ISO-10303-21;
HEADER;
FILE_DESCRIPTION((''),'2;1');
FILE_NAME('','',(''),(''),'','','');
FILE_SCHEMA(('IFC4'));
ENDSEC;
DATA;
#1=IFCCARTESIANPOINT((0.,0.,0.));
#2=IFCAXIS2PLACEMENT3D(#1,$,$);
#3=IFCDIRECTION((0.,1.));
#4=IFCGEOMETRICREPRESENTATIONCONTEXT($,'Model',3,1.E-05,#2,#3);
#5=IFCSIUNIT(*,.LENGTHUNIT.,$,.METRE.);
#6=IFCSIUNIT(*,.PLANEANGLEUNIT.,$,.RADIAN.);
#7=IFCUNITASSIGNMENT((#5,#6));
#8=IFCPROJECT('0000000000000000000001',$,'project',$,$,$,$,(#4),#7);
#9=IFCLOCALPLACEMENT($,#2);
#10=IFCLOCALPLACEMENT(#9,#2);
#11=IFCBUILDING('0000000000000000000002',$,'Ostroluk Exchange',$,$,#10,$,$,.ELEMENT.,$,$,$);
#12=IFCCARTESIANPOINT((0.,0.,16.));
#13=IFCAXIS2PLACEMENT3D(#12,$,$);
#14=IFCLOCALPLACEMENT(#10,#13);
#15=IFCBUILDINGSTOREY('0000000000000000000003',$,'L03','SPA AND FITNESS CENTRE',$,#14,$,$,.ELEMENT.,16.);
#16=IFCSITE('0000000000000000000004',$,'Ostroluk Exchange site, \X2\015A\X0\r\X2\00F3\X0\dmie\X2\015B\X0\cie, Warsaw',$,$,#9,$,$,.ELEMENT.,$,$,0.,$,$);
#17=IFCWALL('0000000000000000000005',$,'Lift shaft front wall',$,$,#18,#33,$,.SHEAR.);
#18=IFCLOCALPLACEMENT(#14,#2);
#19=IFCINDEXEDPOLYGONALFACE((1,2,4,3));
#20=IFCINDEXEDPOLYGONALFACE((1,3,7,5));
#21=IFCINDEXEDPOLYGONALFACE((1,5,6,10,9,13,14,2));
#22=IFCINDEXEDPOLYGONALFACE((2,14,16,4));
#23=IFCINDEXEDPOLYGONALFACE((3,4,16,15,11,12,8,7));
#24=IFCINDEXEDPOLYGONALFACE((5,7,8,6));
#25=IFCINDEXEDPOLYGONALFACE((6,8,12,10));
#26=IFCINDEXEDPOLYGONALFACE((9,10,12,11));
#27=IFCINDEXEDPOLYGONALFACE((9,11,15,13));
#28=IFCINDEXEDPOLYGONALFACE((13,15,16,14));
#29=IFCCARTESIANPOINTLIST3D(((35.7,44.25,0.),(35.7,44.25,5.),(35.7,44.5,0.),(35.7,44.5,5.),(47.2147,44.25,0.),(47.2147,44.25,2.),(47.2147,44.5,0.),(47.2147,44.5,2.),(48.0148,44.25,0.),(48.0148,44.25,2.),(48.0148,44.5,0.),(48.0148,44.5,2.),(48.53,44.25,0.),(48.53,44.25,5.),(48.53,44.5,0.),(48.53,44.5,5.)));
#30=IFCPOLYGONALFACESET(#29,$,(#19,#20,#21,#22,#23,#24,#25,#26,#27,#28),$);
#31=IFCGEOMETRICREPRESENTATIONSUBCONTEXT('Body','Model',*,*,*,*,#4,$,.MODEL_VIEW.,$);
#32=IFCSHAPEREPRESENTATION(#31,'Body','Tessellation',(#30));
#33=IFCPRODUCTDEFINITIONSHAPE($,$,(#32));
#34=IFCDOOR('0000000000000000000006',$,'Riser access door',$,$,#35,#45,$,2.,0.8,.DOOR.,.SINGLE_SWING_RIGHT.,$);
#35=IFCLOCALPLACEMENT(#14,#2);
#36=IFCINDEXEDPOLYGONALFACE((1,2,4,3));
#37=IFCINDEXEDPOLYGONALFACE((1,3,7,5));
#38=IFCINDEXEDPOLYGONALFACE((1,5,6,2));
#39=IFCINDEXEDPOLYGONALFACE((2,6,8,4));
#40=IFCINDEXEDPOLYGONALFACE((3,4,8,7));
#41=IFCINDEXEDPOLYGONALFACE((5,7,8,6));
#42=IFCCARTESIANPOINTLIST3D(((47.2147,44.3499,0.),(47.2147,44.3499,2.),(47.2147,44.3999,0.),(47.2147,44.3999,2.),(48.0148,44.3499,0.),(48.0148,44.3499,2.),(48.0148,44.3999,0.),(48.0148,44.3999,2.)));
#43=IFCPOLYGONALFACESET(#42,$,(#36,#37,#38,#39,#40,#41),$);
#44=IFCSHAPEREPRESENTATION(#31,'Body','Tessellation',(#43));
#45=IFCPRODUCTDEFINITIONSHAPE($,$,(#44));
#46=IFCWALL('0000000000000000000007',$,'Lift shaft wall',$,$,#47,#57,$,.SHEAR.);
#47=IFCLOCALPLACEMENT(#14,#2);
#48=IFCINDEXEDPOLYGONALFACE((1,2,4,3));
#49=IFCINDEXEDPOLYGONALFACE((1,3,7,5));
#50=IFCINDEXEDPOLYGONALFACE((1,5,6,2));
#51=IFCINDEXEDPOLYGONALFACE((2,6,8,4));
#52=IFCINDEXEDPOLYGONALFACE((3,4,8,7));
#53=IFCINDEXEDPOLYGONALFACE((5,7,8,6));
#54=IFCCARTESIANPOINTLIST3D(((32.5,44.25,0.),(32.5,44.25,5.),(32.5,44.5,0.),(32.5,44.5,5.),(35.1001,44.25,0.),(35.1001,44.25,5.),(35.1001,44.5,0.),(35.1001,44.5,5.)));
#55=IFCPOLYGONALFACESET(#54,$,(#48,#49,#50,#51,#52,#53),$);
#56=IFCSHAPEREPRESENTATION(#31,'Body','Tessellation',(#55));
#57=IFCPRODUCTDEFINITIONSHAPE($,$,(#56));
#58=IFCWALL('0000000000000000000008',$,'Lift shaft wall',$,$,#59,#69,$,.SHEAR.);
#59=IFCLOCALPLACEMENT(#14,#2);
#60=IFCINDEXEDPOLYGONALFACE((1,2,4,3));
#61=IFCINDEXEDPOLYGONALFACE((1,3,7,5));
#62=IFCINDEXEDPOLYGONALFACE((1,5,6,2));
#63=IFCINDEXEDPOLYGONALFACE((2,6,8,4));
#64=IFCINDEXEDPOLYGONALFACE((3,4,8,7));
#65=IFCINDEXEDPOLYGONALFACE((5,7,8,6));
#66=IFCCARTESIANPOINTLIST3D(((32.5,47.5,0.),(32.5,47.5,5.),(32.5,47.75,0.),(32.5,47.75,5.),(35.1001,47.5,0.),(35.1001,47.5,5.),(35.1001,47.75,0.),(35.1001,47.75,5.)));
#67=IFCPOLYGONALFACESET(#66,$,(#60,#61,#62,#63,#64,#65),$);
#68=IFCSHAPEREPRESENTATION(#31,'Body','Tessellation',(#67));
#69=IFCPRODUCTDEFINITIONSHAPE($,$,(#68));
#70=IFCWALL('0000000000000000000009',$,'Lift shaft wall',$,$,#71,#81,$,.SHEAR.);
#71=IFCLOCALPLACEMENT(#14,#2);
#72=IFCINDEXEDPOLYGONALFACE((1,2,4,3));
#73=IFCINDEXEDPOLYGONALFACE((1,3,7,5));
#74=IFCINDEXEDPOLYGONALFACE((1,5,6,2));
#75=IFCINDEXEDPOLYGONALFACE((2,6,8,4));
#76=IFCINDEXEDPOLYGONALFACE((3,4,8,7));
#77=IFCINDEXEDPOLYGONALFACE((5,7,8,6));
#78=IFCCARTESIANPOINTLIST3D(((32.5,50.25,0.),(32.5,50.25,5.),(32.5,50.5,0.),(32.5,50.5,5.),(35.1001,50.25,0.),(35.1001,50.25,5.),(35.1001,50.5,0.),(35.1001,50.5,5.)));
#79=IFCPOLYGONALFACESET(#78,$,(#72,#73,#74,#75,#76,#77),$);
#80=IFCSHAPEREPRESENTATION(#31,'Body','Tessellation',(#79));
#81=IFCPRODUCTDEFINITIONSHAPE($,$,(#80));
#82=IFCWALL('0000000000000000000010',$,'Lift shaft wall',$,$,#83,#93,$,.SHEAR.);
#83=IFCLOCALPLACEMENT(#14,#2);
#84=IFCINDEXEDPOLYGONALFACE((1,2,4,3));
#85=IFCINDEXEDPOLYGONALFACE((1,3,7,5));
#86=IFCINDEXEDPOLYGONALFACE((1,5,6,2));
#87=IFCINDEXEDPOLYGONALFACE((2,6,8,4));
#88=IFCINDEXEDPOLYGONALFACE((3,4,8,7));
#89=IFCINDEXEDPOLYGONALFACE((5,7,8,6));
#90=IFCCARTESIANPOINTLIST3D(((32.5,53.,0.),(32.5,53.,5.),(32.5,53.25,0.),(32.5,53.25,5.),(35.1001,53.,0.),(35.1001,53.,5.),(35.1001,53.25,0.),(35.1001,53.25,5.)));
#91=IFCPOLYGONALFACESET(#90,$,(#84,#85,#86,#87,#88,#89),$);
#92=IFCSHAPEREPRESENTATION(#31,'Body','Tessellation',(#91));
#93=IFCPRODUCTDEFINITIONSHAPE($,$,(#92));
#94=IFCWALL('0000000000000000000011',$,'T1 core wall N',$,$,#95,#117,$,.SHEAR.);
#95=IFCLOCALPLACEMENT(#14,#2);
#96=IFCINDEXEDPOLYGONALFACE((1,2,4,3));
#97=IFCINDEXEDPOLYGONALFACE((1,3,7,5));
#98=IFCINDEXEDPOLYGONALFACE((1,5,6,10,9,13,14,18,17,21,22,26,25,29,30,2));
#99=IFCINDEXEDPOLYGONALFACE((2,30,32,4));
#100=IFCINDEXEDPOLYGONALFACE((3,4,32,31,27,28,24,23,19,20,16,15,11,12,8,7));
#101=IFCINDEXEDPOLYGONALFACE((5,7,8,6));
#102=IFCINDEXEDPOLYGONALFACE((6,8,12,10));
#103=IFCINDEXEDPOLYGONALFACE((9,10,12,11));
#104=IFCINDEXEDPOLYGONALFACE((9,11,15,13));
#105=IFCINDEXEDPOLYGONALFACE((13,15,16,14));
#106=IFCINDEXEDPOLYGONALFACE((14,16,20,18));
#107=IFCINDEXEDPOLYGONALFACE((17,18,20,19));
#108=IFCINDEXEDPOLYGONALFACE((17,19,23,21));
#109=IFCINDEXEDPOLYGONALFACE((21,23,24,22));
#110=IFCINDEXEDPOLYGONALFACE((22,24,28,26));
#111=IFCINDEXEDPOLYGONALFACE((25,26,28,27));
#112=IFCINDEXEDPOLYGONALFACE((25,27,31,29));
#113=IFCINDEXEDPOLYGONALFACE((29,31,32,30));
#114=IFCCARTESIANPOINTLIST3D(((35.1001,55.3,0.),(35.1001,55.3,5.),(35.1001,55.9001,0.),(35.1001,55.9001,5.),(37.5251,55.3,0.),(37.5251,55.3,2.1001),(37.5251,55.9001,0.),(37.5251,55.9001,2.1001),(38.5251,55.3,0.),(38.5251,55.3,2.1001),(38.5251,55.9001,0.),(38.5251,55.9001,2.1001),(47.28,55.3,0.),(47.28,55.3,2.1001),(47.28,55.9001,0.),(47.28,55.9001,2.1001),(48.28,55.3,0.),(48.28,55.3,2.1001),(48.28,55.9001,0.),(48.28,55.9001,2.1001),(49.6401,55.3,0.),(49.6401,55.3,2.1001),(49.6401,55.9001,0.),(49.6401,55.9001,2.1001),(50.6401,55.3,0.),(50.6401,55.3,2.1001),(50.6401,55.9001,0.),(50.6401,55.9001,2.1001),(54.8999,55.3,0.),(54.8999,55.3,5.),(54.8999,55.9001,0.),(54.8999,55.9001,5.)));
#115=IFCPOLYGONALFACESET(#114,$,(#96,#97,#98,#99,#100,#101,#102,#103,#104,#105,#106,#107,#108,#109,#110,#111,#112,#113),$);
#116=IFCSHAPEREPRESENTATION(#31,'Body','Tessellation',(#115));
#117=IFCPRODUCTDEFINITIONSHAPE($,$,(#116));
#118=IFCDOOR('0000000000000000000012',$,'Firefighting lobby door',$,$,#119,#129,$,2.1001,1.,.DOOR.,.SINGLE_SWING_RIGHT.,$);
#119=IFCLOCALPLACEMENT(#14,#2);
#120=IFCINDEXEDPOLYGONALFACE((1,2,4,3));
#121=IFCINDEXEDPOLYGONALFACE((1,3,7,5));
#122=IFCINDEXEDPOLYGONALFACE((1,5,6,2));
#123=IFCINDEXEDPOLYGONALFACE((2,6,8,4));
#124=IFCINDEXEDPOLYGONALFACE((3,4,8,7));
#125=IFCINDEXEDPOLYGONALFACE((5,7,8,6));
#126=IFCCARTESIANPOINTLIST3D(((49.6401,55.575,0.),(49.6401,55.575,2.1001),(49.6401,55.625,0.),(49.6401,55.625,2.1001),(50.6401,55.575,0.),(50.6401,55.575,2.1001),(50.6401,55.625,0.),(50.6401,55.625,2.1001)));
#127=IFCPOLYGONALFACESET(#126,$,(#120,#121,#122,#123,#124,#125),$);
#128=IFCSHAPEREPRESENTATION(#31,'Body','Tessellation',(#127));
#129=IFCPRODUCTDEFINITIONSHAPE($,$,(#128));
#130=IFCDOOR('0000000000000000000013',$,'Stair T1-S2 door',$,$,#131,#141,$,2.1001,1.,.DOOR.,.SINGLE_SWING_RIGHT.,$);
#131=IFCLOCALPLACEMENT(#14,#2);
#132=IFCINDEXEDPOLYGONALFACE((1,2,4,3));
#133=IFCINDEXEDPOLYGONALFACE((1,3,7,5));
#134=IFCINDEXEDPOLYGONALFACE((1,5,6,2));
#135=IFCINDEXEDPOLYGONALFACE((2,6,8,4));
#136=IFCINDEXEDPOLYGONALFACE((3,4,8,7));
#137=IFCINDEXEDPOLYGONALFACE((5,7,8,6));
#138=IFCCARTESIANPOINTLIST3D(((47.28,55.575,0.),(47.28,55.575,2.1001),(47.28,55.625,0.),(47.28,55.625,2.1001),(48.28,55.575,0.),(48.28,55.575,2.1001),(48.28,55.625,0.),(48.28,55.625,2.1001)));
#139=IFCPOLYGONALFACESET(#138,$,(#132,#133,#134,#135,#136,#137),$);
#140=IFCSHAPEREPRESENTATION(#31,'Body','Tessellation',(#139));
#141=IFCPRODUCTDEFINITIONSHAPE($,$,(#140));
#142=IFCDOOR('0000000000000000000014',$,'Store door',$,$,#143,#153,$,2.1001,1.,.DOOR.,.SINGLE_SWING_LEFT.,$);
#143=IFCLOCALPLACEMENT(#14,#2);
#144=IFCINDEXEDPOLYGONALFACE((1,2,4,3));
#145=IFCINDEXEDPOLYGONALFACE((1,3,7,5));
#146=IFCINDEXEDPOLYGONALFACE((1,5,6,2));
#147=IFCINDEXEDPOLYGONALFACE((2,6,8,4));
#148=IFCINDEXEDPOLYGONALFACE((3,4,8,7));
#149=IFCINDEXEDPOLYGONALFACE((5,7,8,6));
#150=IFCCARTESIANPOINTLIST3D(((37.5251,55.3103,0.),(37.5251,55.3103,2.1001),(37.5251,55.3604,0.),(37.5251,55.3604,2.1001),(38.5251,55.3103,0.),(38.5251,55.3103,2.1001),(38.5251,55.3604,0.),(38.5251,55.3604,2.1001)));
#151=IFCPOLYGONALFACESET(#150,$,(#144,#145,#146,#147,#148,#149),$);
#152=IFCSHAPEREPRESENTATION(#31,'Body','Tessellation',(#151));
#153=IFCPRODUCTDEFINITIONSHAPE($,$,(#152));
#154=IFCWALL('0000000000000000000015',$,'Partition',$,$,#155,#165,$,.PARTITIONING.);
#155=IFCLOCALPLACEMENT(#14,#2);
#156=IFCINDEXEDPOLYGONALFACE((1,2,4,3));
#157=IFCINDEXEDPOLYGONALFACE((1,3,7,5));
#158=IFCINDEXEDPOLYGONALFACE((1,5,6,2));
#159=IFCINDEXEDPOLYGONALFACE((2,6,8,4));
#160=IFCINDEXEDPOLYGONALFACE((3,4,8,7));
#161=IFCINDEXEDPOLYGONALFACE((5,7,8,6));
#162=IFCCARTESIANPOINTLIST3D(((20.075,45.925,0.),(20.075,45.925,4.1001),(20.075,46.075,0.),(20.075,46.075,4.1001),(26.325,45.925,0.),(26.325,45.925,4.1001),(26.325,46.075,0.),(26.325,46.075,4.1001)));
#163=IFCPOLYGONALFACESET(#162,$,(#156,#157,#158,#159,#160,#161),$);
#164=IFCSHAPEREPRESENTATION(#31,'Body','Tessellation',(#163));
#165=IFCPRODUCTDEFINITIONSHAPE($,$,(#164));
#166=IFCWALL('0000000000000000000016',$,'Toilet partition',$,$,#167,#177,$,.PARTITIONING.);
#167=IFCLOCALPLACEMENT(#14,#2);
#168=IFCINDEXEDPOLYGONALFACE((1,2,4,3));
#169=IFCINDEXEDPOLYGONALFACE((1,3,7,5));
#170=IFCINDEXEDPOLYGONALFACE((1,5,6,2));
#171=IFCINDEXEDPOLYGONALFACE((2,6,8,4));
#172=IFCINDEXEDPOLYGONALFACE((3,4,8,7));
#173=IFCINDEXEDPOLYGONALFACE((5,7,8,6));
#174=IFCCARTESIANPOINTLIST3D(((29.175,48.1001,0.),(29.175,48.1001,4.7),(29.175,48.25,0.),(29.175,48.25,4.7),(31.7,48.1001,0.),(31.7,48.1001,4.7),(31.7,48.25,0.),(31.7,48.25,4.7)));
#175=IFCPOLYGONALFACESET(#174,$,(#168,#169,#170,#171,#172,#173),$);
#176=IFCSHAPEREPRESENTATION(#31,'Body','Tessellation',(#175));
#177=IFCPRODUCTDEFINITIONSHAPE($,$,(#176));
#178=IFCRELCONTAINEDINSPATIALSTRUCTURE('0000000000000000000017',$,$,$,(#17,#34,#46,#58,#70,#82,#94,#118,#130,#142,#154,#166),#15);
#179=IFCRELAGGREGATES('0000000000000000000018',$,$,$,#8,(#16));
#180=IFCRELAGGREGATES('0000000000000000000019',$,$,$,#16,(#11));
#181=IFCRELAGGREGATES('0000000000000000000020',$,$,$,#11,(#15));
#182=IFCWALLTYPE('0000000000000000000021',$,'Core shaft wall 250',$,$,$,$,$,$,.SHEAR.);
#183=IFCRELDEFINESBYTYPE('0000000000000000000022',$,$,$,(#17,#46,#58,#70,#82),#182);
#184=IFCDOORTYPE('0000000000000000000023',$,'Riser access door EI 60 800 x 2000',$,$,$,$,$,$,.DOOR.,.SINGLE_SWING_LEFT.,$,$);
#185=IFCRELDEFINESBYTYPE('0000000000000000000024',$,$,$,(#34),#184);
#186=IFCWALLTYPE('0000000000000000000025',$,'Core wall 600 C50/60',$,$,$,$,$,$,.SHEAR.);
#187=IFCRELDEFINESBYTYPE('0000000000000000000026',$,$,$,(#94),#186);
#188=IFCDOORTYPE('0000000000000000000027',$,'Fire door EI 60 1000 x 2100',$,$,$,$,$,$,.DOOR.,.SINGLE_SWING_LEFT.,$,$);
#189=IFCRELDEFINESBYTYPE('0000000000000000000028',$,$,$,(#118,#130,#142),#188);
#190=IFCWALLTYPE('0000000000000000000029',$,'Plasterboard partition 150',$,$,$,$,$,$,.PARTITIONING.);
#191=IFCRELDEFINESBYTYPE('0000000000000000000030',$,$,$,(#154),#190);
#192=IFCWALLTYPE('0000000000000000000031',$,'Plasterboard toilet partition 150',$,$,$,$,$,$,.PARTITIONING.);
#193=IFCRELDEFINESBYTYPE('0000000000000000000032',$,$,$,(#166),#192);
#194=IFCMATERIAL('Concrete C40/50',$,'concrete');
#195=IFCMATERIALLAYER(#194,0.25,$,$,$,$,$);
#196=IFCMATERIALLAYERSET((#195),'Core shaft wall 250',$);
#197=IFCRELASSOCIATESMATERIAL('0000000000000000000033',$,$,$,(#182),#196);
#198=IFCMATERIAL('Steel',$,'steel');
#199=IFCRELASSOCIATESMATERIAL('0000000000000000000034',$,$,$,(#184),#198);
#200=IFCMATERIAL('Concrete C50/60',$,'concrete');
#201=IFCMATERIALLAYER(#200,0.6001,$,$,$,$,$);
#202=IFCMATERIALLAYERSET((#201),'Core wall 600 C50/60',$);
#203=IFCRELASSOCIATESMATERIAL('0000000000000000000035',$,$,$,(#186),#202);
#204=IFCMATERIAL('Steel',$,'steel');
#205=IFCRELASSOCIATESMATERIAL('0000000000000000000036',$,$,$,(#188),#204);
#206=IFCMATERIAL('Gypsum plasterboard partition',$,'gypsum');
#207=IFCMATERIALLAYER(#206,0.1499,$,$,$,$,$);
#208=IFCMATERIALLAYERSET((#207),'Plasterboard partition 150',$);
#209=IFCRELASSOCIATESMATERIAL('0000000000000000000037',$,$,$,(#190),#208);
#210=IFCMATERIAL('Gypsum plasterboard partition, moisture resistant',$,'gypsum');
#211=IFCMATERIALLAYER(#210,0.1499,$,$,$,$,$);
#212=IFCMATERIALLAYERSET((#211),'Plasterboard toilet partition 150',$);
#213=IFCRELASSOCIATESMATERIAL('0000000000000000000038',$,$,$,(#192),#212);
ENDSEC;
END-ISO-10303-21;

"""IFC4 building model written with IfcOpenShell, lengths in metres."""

from ifc_helpers import new_model, si_unit, direction, frame, frame_2d, origin, place, context, subcontext, project, spatial, rectangle, extrude, material, layer, layer_set, type_object, element, fill, save


model = new_model("IFC4")

# Units and contexts
model_context = context("Model", 3, precision=1e-05, world=origin(), true_north=direction((0.0, 1.0)))
body_context = subcontext(model_context, "Body", "Model", "MODEL_VIEW")
ifc_project = project(units=[si_unit("LENGTHUNIT", "METRE"), si_unit("PLANEANGLEUNIT", "RADIAN")], contexts=[model_context])

# Site, building, storey
site_placement = place(None, origin())
site = spatial("IfcSite", under=ifc_project, at=site_placement, Name="Ostroluk Exchange site, Śródmieście, Warsaw", CompositionType="ELEMENT", RefElevation=0.0)
building_placement = place(site_placement, origin())
building = spatial("IfcBuilding", under=site, at=building_placement, Name="Ostroluk Exchange", CompositionType="ELEMENT")
storey_placement = place(building_placement, frame((0.0, 0.0, 16.0)))
storey = spatial("IfcBuildingStorey", under=building, at=storey_placement, Name="L03", Description="SPA AND FITNESS CENTRE", CompositionType="ELEMENT", Elevation=16.0)

# Shared definitions
ifc_material_1 = material(Name="Concrete C40/50", Category="concrete")
ifc_layer_1 = layer(ifc_material_1, 0.25)
ifc_layer_set_1 = layer_set([ifc_layer_1], Name="Core shaft wall 250")
wall_type_1 = type_object("IfcWallType", Name="Core shaft wall 250", PredefinedType="SHEAR", material=ifc_layer_set_1)

# Shared definitions
ifc_material_2 = material(Name="Steel", Category="steel")
door_type_1 = type_object("IfcDoorType", Name="Riser access door EI 60 800 x 2000", OperationType="SINGLE_SWING_LEFT", PredefinedType="DOOR", material=ifc_material_2)

# Wall, opening, door
wall_1_placement = place(storey_placement, frame((35.7, 44.375, 0.0), z_axis=(0.0, 0.0, 1.0), x_axis=(1.0, 0.0, 0.0)))
wall_1 = element("IfcWall", 1, at=wall_1_placement, inside=storey, type_object=wall_type_1, Name="Lift shaft front wall", PredefinedType="SHEAR", context=body_context, shape_type="SweptSolid", body=[
    extrude(rectangle(XDim=12.8301, YDim=0.25, at=frame_2d((6.415, 0.0))), origin(), (0.0, 0.0, 1.0), 5.0),
])
opening_1_placement = place(wall_1_placement, frame((11.5149, 0.0, 0.0)))
opening_1 = element("IfcOpeningElement", 2, at=opening_1_placement, cuts=wall_1, PredefinedType="OPENING", context=body_context, shape_type="SweptSolid", body=[
    extrude(rectangle(XDim=0.8, YDim=2.0, at=frame_2d((0.3999, 1.0))), frame((0.0, 0.135, 0.0), z_axis=(0.0, -1.0, 0.0), x_axis=(1.0, 0.0, 0.0)), (0.0, 0.0, 1.0), 0.27),
])
door_1_placement = place(opening_1_placement, origin())
door_1 = element("IfcDoor", 3, at=door_1_placement, inside=storey, type_object=door_type_1, Name="Riser access door", OperationType="SINGLE_SWING_RIGHT", OverallHeight=2.0, OverallWidth=0.8, PredefinedType="DOOR", context=body_context, shape_type="SweptSolid", body=[
    extrude(rectangle(XDim=0.8, YDim=2.0, at=frame_2d((0.3999, 1.0))), frame((0.0, 0.0249, 0.0), z_axis=(0.0, -1.0, 0.0), x_axis=(1.0, 0.0, 0.0)), (0.0, 0.0, 1.0), 0.05),
])
fill(opening_1, door_1)

# Walls
for number, where, z_axis, x_axis, name in (
    (4, (32.5, 44.375, 0.0), (0.0, 0.0, 1.0), (1.0, 0.0, 0.0), "Lift shaft wall"),
    (5, (32.5, 47.625, 0.0), (0.0, 0.0, 1.0), (1.0, 0.0, 0.0), "Lift shaft wall"),
    (6, (32.5, 50.375, 0.0), (0.0, 0.0, 1.0), (1.0, 0.0, 0.0), "Lift shaft wall"),
    (7, (32.5, 53.125, 0.0), (0.0, 0.0, 1.0), (1.0, 0.0, 0.0), "Lift shaft wall"),
):
    element("IfcWall", number, at=place(storey_placement, frame(where, z_axis=z_axis, x_axis=x_axis)), inside=storey, type_object=wall_type_1, Name=name, PredefinedType="SHEAR", context=body_context, shape_type="SweptSolid", body=[
        extrude(rectangle(XDim=2.6001, YDim=0.25, at=frame_2d((1.3, 0.0))), origin(), (0.0, 0.0, 1.0), 5.0),
    ])

# Wall, openings, doors
ifc_material_3 = material(Name="Concrete C50/60", Category="concrete")
ifc_layer_2 = layer(ifc_material_3, 0.6001)
ifc_layer_set_2 = layer_set([ifc_layer_2], Name="Core wall 600 C50/60")
wall_type_2 = type_object("IfcWallType", Name="Core wall 600 C50/60", PredefinedType="SHEAR", material=ifc_layer_set_2)
wall_2_placement = place(storey_placement, frame((35.1001, 55.6001, 0.0), z_axis=(0.0, 0.0, 1.0), x_axis=(1.0, 0.0, 0.0)))
wall_2 = element("IfcWall", 8, at=wall_2_placement, inside=storey, type_object=wall_type_2, Name="T1 core wall N", PredefinedType="SHEAR", context=body_context, shape_type="SweptSolid", body=[
    extrude(rectangle(XDim=19.7998, YDim=0.6001, at=frame_2d((9.8999, 0.0))), origin(), (0.0, 0.0, 1.0), 5.0),
])
opening_2_placement = place(wall_2_placement, frame((14.54, 0.0, 0.0)))
opening_2 = element("IfcOpeningElement", 9, at=opening_2_placement, cuts=wall_2, PredefinedType="OPENING", context=body_context, shape_type="SweptSolid", body=[
    extrude(rectangle(XDim=1.0, YDim=2.1001, at=frame_2d((0.5, 1.05))), frame((0.0, 0.3101, 0.0), z_axis=(0.0, -1.0, 0.0), x_axis=(1.0, 0.0, 0.0)), (0.0, 0.0, 1.0), 0.6201),
])
opening_3_placement = place(wall_2_placement, frame((12.1799, 0.0, 0.0)))
opening_3 = element("IfcOpeningElement", 10, at=opening_3_placement, cuts=wall_2, PredefinedType="OPENING", context=body_context, shape_type="SweptSolid", body=[
    extrude(rectangle(XDim=1.0, YDim=2.1001, at=frame_2d((0.5, 1.05))), frame((0.0, 0.3101, 0.0), z_axis=(0.0, -1.0, 0.0), x_axis=(1.0, 0.0, 0.0)), (0.0, 0.0, 1.0), 0.6201),
])
opening_4_placement = place(wall_2_placement, frame((2.425, 0.0, 0.0)))
opening_4 = element("IfcOpeningElement", 11, at=opening_4_placement, cuts=wall_2, PredefinedType="OPENING", context=body_context, shape_type="SweptSolid", body=[
    extrude(rectangle(XDim=1.0, YDim=2.1001, at=frame_2d((0.5, 1.05))), frame((0.0, 0.3101, 0.0), z_axis=(0.0, -1.0, 0.0), x_axis=(1.0, 0.0, 0.0)), (0.0, 0.0, 1.0), 0.6201),
])
ifc_material_4 = material(Name="Steel", Category="steel")
door_type_2 = type_object("IfcDoorType", Name="Fire door EI 60 1000 x 2100", OperationType="SINGLE_SWING_LEFT", PredefinedType="DOOR", material=ifc_material_4)
door_2_placement = place(opening_2_placement, origin())
door_2 = element("IfcDoor", 12, at=door_2_placement, inside=storey, type_object=door_type_2, Name="Firefighting lobby door", OperationType="SINGLE_SWING_RIGHT", OverallHeight=2.1001, OverallWidth=1.0, PredefinedType="DOOR", context=body_context, shape_type="SweptSolid", body=[
    extrude(rectangle(XDim=1.0, YDim=2.1001, at=frame_2d((0.5, 1.05))), frame((0.0, 0.0249, 0.0), z_axis=(0.0, -1.0, 0.0), x_axis=(1.0, 0.0, 0.0)), (0.0, 0.0, 1.0), 0.05),
])
fill(opening_2, door_2)
door_3_placement = place(opening_3_placement, origin())
door_3 = element("IfcDoor", 13, at=door_3_placement, inside=storey, type_object=door_type_2, Name="Stair T1-S2 door", OperationType="SINGLE_SWING_RIGHT", OverallHeight=2.1001, OverallWidth=1.0, PredefinedType="DOOR", context=body_context, shape_type="SweptSolid", body=[
    extrude(rectangle(XDim=1.0, YDim=2.1001, at=frame_2d((0.5, 1.05))), frame((0.0, 0.0249, 0.0), z_axis=(0.0, -1.0, 0.0), x_axis=(1.0, 0.0, 0.0)), (0.0, 0.0, 1.0), 0.05),
])
fill(opening_3, door_3)
door_4_placement = place(opening_4_placement, origin())
door_4 = element("IfcDoor", 14, at=door_4_placement, inside=storey, type_object=door_type_2, Name="Store door", OperationType="SINGLE_SWING_LEFT", OverallHeight=2.1001, OverallWidth=1.0, PredefinedType="DOOR", context=body_context, shape_type="SweptSolid", body=[
    extrude(rectangle(XDim=1.0, YDim=2.1001, at=frame_2d((0.5, 1.05))), frame((0.0, -0.2397, 0.0), z_axis=(0.0, -1.0, 0.0), x_axis=(1.0, 0.0, 0.0)), (0.0, 0.0, 1.0), 0.05),
])
fill(opening_4, door_4)

# Walls
ifc_material_5 = material(Name="Gypsum plasterboard partition", Category="gypsum")
ifc_layer_3 = layer(ifc_material_5, 0.1499)
ifc_layer_set_3 = layer_set([ifc_layer_3], Name="Plasterboard partition 150")
wall_type_3 = type_object("IfcWallType", Name="Plasterboard partition 150", PredefinedType="PARTITIONING", material=ifc_layer_set_3)
wall_3_placement = place(storey_placement, frame((20.075, 46.0, 0.0), z_axis=(0.0, 0.0, 1.0), x_axis=(1.0, 0.0, 0.0)))
element("IfcWall", 15, at=wall_3_placement, inside=storey, type_object=wall_type_3, Name="Partition", PredefinedType="PARTITIONING", context=body_context, shape_type="SweptSolid", body=[
    extrude(rectangle(XDim=6.25, YDim=0.1499, at=frame_2d((3.125, 0.0))), origin(), (0.0, 0.0, 1.0), 4.1001),
])
ifc_material_6 = material(Name="Gypsum plasterboard partition, moisture resistant", Category="gypsum")
ifc_layer_4 = layer(ifc_material_6, 0.1499)
ifc_layer_set_4 = layer_set([ifc_layer_4], Name="Plasterboard toilet partition 150")
wall_type_4 = type_object("IfcWallType", Name="Plasterboard toilet partition 150", PredefinedType="PARTITIONING", material=ifc_layer_set_4)
wall_4_placement = place(storey_placement, frame((29.175, 48.175, 0.0), z_axis=(0.0, 0.0, 1.0), x_axis=(1.0, 0.0, 0.0)))
element("IfcWall", 16, at=wall_4_placement, inside=storey, type_object=wall_type_4, Name="Toilet partition", PredefinedType="PARTITIONING", context=body_context, shape_type="SweptSolid", body=[
    extrude(rectangle(XDim=2.5249, YDim=0.1499, at=frame_2d((1.2625, 0.0))), origin(), (0.0, 0.0, 1.0), 4.7),
])

save(model, "model.ifc")
